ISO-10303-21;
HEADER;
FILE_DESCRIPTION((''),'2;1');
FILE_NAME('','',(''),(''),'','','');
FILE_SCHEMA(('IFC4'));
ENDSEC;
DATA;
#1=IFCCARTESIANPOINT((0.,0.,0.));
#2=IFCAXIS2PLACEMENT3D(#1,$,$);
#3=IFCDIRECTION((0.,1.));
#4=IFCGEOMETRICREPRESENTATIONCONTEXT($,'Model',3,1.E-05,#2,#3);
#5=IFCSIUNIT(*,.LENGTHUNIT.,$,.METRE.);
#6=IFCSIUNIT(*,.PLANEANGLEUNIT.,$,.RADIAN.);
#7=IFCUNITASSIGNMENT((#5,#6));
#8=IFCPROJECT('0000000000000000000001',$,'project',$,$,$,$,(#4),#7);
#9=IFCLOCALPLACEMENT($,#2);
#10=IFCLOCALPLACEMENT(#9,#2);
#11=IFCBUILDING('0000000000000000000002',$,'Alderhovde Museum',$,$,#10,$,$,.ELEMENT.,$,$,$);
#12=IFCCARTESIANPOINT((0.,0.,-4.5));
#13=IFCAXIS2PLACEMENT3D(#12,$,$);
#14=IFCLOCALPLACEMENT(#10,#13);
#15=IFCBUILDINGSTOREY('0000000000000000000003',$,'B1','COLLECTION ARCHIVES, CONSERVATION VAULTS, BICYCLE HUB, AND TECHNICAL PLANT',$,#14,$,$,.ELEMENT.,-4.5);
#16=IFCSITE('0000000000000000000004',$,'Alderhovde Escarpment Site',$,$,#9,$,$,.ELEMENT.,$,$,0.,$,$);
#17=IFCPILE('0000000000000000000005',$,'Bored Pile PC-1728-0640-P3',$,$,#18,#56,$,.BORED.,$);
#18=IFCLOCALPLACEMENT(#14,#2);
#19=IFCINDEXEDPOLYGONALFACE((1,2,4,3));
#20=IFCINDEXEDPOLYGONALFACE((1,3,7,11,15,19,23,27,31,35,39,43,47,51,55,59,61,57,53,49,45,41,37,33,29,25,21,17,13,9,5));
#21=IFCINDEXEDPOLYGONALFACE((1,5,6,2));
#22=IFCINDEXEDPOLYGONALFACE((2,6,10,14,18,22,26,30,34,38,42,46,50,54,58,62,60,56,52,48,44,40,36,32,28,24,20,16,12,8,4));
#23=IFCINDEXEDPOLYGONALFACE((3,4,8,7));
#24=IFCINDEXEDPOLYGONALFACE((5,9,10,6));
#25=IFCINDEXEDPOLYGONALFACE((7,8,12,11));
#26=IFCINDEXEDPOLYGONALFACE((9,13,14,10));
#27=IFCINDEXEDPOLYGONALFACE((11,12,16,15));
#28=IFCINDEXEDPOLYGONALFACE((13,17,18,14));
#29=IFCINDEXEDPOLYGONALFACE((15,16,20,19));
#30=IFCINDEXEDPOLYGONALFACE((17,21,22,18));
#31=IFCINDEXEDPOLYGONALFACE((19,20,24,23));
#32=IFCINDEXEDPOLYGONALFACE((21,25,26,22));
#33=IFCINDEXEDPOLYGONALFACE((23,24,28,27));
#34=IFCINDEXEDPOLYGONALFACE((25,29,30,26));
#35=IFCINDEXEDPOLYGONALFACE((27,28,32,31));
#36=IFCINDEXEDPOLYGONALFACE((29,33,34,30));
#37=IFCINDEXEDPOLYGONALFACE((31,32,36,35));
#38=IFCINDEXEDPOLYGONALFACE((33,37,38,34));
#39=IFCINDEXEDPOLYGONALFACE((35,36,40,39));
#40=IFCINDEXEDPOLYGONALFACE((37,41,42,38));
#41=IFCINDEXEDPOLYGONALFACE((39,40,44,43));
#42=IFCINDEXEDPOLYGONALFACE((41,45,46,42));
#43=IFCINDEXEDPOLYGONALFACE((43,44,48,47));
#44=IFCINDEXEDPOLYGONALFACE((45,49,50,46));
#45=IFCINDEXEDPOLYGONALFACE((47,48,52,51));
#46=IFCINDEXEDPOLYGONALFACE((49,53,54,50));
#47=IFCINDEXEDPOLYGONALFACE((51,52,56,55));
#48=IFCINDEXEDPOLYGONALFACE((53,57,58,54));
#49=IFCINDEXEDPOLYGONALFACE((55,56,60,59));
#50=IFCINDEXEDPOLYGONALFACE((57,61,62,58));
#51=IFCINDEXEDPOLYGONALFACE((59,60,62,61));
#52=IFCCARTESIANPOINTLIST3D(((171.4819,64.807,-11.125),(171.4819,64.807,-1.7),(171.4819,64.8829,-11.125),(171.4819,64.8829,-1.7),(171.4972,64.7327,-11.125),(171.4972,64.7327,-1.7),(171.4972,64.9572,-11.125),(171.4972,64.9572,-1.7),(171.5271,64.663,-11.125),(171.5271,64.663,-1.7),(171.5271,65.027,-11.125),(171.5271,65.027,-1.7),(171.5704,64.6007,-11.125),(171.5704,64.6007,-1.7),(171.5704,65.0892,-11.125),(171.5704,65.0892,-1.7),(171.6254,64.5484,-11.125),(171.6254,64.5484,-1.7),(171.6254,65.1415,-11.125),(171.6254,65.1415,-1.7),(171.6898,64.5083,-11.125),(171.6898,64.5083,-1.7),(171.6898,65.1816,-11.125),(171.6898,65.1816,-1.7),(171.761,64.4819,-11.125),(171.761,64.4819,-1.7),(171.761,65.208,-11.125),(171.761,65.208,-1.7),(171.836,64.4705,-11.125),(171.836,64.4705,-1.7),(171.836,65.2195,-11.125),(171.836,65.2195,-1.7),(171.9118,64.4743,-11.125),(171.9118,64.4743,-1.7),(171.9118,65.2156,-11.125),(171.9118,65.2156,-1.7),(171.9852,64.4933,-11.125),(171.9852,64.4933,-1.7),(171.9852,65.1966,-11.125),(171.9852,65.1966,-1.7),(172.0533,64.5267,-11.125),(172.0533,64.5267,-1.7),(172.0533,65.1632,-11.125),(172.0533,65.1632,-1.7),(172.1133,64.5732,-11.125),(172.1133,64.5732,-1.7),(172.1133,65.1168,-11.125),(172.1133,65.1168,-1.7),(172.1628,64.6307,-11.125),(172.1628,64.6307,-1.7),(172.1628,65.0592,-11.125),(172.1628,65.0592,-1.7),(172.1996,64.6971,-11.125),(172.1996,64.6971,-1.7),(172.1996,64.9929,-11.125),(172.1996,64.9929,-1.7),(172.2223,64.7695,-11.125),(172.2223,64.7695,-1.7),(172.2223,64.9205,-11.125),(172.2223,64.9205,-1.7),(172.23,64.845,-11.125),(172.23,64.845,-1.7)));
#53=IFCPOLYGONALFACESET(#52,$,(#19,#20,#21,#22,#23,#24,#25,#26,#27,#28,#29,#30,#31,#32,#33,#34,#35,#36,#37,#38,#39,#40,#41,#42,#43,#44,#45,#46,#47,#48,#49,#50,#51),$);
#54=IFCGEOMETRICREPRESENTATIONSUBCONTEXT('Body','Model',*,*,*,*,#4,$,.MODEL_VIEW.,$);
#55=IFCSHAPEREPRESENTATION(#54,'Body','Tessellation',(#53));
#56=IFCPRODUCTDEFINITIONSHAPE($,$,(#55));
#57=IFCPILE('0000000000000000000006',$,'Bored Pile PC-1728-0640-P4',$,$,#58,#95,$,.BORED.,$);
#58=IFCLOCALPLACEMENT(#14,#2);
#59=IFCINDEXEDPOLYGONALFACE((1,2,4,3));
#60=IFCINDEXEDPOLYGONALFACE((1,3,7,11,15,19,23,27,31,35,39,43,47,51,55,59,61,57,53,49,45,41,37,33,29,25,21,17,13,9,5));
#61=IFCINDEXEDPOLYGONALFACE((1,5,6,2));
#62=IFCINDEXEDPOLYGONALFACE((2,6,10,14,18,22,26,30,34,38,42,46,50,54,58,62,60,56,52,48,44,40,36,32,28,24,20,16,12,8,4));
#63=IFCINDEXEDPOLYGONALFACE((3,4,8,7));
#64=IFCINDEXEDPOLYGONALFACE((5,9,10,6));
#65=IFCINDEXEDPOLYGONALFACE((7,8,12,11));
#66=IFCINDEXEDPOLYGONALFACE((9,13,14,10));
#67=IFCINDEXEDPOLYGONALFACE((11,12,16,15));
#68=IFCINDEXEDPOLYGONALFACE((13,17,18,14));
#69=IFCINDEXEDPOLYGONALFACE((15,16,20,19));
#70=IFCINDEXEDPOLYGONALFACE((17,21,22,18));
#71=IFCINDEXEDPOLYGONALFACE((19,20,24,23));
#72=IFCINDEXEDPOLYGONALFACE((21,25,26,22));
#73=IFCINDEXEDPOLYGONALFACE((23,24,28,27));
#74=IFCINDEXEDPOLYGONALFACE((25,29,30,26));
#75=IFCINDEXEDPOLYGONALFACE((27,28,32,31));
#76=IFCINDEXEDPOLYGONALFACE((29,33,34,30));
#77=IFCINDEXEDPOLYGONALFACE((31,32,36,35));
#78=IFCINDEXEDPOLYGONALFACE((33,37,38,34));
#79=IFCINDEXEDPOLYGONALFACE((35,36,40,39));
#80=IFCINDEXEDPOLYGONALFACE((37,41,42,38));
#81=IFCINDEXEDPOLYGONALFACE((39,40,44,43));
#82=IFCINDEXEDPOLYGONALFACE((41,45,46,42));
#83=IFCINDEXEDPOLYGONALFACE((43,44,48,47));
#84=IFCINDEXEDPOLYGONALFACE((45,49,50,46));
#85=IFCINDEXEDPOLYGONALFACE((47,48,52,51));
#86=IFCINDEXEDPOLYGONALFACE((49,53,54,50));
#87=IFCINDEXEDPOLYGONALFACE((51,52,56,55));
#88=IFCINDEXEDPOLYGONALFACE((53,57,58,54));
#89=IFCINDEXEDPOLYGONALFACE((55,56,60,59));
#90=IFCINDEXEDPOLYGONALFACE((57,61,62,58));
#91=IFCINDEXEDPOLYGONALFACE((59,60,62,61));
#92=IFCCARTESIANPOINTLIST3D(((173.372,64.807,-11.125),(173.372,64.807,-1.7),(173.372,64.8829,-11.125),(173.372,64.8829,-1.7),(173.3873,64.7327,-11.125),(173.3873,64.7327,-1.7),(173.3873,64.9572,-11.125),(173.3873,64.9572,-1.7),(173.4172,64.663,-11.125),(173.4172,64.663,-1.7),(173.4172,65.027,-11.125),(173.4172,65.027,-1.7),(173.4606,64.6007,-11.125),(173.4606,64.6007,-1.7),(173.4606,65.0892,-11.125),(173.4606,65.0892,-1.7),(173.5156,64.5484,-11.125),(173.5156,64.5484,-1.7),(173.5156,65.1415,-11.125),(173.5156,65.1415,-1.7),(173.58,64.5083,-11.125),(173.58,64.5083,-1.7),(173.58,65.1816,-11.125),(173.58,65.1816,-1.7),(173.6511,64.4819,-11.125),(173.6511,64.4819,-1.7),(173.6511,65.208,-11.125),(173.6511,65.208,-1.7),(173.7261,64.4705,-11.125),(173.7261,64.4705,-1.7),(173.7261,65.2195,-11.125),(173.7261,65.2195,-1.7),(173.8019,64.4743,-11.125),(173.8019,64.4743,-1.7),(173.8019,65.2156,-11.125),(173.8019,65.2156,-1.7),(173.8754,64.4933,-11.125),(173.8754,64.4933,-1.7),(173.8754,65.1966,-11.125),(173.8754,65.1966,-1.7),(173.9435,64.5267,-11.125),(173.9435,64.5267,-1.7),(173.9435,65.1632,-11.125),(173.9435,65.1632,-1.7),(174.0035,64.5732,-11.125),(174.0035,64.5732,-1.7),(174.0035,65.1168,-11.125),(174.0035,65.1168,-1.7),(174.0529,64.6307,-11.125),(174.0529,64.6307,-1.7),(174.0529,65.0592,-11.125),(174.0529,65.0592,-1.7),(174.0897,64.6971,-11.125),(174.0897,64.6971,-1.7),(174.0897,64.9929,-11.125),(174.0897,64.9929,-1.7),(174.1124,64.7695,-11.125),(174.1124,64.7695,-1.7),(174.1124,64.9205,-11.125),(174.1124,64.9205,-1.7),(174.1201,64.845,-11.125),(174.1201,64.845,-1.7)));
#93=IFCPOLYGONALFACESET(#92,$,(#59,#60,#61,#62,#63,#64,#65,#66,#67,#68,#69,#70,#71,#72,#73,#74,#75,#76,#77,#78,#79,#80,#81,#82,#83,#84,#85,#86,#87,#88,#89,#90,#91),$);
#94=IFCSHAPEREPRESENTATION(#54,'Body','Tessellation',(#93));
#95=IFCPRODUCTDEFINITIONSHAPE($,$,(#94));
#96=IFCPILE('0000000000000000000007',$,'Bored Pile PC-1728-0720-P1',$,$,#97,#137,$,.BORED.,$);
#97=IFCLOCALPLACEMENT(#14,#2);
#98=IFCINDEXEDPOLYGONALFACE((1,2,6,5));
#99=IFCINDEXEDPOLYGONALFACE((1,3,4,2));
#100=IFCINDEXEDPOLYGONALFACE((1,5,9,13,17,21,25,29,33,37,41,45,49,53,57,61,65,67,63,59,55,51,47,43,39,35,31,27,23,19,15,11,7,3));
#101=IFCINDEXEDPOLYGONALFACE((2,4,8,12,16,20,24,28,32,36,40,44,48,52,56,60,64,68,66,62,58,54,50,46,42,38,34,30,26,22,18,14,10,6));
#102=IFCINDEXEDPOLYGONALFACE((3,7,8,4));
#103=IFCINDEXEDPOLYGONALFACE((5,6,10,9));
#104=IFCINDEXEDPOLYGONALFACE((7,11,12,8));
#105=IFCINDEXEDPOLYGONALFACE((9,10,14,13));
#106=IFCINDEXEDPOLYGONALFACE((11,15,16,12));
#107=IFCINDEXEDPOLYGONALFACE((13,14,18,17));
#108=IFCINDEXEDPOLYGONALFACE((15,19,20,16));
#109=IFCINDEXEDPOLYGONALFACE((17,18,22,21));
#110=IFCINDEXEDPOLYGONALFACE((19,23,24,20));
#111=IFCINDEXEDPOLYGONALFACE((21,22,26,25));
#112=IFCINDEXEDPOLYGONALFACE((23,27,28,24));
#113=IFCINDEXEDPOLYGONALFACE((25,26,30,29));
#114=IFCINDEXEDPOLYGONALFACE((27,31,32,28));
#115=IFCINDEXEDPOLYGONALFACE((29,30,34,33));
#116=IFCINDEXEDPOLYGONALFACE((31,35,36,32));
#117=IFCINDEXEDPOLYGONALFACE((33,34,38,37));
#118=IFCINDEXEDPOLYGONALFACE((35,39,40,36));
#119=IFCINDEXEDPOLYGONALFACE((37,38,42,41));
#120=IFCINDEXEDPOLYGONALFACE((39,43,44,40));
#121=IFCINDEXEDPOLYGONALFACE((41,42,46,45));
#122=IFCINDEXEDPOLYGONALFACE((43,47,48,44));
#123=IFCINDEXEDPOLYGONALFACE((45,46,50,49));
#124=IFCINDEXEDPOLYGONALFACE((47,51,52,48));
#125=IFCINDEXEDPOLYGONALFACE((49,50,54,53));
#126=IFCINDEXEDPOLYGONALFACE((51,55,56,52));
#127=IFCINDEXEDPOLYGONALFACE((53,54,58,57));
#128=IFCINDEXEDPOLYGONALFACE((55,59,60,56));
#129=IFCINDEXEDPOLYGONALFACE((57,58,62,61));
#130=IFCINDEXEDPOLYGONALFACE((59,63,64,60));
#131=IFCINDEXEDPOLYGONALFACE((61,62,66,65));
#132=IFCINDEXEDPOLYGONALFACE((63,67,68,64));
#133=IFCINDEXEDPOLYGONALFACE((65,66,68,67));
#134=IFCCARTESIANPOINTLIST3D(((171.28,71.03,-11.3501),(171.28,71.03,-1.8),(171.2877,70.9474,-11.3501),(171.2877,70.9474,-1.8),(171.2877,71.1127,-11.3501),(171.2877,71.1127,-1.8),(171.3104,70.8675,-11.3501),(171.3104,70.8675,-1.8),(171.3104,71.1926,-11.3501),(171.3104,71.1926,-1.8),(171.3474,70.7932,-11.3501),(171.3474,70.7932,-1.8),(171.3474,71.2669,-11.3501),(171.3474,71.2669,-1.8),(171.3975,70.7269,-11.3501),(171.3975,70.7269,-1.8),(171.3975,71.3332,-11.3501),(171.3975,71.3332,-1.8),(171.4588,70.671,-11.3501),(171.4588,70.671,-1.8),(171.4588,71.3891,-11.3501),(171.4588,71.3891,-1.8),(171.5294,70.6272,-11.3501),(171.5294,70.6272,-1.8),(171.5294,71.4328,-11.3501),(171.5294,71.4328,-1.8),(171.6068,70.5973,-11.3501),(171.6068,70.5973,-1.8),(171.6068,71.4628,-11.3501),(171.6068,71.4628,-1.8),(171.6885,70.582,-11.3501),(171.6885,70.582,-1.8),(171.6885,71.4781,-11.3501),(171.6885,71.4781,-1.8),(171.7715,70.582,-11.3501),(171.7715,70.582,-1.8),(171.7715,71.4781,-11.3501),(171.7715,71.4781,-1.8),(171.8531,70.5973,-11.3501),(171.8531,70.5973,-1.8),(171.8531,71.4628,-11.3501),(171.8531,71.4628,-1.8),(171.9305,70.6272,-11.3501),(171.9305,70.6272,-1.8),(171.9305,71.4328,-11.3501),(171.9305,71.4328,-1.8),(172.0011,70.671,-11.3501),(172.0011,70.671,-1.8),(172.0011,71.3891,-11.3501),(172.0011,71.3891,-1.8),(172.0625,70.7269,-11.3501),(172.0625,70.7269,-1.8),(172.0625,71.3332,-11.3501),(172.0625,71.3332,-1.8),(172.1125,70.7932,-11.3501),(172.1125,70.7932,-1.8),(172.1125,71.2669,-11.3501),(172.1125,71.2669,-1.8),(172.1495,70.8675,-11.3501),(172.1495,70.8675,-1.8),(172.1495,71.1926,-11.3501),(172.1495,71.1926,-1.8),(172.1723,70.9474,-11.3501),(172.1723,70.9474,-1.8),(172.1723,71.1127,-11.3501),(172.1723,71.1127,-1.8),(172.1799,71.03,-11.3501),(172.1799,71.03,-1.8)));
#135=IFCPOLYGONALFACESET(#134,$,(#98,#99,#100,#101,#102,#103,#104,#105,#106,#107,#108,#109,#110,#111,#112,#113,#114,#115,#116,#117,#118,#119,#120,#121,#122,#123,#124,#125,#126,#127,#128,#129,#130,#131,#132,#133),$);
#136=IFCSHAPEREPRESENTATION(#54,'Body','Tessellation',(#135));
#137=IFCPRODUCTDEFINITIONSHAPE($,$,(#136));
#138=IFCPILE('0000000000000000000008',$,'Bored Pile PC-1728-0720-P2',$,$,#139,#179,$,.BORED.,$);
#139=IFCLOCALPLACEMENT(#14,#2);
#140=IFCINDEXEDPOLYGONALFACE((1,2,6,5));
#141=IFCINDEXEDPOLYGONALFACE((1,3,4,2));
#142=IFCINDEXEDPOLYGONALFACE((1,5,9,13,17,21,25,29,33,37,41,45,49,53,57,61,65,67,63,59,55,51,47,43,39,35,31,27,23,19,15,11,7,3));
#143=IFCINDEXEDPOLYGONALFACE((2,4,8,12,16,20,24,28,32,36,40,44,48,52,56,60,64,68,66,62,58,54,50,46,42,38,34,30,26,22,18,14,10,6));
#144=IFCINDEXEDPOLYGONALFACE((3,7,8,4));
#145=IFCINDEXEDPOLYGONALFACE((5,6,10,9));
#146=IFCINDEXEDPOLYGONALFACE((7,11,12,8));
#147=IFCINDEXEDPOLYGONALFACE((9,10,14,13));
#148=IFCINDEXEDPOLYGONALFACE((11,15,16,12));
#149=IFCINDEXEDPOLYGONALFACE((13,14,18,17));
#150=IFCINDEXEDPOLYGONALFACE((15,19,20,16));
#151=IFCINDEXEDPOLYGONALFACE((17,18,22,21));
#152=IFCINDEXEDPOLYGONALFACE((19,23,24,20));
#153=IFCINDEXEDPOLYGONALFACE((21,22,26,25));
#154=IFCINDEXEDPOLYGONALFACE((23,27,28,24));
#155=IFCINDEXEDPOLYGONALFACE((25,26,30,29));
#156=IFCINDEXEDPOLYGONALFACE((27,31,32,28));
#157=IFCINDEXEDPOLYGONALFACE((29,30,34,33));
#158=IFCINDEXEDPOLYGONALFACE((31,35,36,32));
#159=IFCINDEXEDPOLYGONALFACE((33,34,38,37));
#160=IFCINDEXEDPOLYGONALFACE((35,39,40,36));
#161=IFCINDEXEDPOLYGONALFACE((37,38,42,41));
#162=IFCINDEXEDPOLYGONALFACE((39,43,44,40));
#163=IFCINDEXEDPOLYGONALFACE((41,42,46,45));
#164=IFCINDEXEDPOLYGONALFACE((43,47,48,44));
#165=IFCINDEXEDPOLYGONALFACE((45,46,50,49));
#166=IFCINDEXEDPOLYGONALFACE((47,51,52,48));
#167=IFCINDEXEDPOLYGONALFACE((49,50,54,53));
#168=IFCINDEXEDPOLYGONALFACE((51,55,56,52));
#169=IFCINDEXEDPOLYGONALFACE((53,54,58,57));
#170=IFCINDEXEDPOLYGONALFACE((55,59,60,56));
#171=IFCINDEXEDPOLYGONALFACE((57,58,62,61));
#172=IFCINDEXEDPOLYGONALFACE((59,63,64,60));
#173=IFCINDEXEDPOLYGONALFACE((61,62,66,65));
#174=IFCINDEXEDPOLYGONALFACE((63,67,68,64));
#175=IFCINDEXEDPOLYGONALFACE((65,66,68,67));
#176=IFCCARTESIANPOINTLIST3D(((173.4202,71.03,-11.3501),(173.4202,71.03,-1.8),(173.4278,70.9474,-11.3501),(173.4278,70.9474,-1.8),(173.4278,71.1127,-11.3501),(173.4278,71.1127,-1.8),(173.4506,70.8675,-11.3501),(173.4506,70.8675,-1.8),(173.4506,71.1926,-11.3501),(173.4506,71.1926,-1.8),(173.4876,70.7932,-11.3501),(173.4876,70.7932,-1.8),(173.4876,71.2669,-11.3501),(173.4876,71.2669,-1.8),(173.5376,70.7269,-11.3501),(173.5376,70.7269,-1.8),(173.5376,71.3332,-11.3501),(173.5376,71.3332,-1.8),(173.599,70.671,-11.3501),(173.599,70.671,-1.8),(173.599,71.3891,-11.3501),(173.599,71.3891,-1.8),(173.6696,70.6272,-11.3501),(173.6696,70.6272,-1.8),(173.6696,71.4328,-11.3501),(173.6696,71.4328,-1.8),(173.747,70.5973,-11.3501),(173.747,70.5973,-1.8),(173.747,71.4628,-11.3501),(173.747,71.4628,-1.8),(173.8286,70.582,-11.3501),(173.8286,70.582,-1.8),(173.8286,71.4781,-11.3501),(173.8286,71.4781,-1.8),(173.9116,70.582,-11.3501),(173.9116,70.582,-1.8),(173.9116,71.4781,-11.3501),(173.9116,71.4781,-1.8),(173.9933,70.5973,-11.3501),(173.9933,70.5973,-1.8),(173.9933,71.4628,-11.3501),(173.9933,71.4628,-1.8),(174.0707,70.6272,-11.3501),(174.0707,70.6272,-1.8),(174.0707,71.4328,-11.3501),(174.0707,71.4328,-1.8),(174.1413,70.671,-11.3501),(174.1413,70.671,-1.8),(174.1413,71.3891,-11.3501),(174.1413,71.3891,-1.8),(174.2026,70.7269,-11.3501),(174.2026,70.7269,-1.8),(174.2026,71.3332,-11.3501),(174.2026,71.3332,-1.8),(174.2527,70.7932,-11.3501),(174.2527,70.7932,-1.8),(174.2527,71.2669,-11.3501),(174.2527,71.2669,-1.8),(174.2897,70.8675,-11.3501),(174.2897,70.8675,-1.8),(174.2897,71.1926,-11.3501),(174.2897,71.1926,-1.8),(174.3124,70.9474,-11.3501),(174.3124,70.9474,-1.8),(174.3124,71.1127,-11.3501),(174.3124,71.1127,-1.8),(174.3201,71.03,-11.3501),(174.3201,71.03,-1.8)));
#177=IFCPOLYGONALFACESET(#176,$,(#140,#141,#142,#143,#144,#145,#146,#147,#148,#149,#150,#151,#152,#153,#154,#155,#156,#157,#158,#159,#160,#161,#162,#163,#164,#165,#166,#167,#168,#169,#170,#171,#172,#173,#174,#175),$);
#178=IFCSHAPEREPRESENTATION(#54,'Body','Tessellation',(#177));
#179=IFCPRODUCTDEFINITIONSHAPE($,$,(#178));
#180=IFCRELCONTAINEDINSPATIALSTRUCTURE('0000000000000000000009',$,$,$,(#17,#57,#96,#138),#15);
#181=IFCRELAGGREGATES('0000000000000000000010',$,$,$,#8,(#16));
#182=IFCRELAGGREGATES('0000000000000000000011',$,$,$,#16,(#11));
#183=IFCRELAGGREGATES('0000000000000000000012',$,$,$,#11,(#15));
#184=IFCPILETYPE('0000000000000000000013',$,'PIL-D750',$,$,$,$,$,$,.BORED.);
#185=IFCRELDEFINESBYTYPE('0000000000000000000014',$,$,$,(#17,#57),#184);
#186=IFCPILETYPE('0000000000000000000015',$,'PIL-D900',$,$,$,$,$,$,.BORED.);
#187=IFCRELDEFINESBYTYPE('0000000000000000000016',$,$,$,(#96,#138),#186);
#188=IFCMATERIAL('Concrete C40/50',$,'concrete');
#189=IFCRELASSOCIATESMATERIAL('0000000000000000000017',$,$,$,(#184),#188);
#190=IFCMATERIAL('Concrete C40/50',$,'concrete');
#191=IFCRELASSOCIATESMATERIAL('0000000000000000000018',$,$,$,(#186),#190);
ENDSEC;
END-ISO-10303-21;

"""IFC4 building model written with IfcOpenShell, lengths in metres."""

from ifc_helpers import new_model, si_unit, direction, frame, origin, origin_2d, place, context, subcontext, project, spatial, circle, extrude, material, material_profile, profile_set, type_object, element, save


model = new_model("IFC4")

# Units and contexts
model_context = context("Model", 3, precision=1e-05, world=origin(), true_north=direction((0.0, 1.0)))
body_context = subcontext(model_context, "Body", "Model", "MODEL_VIEW")
ifc_project = project(units=[si_unit("LENGTHUNIT", "METRE"), si_unit("PLANEANGLEUNIT", "RADIAN")], contexts=[model_context])

# Site, building, storey
site_placement = place(None, origin())
site = spatial("IfcSite", under=ifc_project, at=site_placement, Name="Alderhovde Escarpment Site", CompositionType="ELEMENT", RefElevation=0.0)
building_placement = place(site_placement, origin())
building = spatial("IfcBuilding", under=site, at=building_placement, Name="Alderhovde Museum", CompositionType="ELEMENT")
storey_placement = place(building_placement, frame((0.0, 0.0, -4.5)))
storey = spatial("IfcBuildingStorey", under=building, at=storey_placement, Name="B1", Description="COLLECTION ARCHIVES, CONSERVATION VAULTS, BICYCLE HUB, AND TECHNICAL PLANT", CompositionType="ELEMENT", Elevation=-4.5)

# Piles
ifc_material_1 = material(Name="Concrete C40/50", Category="concrete")
ifc_material_profile_1 = material_profile(ifc_material_1, circle(Radius=0.375, at=origin_2d()), Name="PILE-D750")
ifc_profile_set_1 = profile_set([ifc_material_profile_1], Name="Concrete C40/50")
pile_type_1 = type_object("IfcPileType", Name="PIL-D750", PredefinedType="BORED", material=ifc_profile_set_1)
for number, where, z_axis, x_axis, name in (
    (1, (171.855, 64.845, -1.7), (0.0, 0.0, -1.0), (1.0, 0.0, 0.0), "Bored Pile PC-1728-0640-P3"),
    (2, (173.7451, 64.845, -1.7), (0.0, 0.0, -1.0), (1.0, 0.0, 0.0), "Bored Pile PC-1728-0640-P4"),
):
    element("IfcPile", number, at=place(storey_placement, frame(where, z_axis=z_axis, x_axis=x_axis)), inside=storey, type_object=pile_type_1, Name=name, PredefinedType="BORED", context=body_context, shape_type="SweptSolid", body=[
        extrude(circle(Radius=0.375, at=origin_2d()), origin(), (0.0, 0.0, 1.0), 9.425),
    ])
ifc_material_2 = material(Name="Concrete C40/50", Category="concrete")
ifc_material_profile_2 = material_profile(ifc_material_2, circle(Radius=0.45, at=origin_2d()), Name="PILE-D900")
ifc_profile_set_2 = profile_set([ifc_material_profile_2], Name="Concrete C40/50")
pile_type_2 = type_object("IfcPileType", Name="PIL-D900", PredefinedType="BORED", material=ifc_profile_set_2)
for number, where, z_axis, x_axis, name in (
    (3, (171.73, 71.03, -1.8), (0.0, 0.0, -1.0), (1.0, 0.0, 0.0), "Bored Pile PC-1728-0720-P1"),
    (4, (173.8701, 71.03, -1.8), (0.0, 0.0, -1.0), (1.0, 0.0, 0.0), "Bored Pile PC-1728-0720-P2"),
):
    element("IfcPile", number, at=place(storey_placement, frame(where, z_axis=z_axis, x_axis=x_axis)), inside=storey, type_object=pile_type_2, Name=name, PredefinedType="BORED", context=body_context, shape_type="SweptSolid", body=[
        extrude(circle(Radius=0.45, at=origin_2d()), origin(), (0.0, 0.0, 1.0), 9.55),
    ])

save(model, "model.ifc")
